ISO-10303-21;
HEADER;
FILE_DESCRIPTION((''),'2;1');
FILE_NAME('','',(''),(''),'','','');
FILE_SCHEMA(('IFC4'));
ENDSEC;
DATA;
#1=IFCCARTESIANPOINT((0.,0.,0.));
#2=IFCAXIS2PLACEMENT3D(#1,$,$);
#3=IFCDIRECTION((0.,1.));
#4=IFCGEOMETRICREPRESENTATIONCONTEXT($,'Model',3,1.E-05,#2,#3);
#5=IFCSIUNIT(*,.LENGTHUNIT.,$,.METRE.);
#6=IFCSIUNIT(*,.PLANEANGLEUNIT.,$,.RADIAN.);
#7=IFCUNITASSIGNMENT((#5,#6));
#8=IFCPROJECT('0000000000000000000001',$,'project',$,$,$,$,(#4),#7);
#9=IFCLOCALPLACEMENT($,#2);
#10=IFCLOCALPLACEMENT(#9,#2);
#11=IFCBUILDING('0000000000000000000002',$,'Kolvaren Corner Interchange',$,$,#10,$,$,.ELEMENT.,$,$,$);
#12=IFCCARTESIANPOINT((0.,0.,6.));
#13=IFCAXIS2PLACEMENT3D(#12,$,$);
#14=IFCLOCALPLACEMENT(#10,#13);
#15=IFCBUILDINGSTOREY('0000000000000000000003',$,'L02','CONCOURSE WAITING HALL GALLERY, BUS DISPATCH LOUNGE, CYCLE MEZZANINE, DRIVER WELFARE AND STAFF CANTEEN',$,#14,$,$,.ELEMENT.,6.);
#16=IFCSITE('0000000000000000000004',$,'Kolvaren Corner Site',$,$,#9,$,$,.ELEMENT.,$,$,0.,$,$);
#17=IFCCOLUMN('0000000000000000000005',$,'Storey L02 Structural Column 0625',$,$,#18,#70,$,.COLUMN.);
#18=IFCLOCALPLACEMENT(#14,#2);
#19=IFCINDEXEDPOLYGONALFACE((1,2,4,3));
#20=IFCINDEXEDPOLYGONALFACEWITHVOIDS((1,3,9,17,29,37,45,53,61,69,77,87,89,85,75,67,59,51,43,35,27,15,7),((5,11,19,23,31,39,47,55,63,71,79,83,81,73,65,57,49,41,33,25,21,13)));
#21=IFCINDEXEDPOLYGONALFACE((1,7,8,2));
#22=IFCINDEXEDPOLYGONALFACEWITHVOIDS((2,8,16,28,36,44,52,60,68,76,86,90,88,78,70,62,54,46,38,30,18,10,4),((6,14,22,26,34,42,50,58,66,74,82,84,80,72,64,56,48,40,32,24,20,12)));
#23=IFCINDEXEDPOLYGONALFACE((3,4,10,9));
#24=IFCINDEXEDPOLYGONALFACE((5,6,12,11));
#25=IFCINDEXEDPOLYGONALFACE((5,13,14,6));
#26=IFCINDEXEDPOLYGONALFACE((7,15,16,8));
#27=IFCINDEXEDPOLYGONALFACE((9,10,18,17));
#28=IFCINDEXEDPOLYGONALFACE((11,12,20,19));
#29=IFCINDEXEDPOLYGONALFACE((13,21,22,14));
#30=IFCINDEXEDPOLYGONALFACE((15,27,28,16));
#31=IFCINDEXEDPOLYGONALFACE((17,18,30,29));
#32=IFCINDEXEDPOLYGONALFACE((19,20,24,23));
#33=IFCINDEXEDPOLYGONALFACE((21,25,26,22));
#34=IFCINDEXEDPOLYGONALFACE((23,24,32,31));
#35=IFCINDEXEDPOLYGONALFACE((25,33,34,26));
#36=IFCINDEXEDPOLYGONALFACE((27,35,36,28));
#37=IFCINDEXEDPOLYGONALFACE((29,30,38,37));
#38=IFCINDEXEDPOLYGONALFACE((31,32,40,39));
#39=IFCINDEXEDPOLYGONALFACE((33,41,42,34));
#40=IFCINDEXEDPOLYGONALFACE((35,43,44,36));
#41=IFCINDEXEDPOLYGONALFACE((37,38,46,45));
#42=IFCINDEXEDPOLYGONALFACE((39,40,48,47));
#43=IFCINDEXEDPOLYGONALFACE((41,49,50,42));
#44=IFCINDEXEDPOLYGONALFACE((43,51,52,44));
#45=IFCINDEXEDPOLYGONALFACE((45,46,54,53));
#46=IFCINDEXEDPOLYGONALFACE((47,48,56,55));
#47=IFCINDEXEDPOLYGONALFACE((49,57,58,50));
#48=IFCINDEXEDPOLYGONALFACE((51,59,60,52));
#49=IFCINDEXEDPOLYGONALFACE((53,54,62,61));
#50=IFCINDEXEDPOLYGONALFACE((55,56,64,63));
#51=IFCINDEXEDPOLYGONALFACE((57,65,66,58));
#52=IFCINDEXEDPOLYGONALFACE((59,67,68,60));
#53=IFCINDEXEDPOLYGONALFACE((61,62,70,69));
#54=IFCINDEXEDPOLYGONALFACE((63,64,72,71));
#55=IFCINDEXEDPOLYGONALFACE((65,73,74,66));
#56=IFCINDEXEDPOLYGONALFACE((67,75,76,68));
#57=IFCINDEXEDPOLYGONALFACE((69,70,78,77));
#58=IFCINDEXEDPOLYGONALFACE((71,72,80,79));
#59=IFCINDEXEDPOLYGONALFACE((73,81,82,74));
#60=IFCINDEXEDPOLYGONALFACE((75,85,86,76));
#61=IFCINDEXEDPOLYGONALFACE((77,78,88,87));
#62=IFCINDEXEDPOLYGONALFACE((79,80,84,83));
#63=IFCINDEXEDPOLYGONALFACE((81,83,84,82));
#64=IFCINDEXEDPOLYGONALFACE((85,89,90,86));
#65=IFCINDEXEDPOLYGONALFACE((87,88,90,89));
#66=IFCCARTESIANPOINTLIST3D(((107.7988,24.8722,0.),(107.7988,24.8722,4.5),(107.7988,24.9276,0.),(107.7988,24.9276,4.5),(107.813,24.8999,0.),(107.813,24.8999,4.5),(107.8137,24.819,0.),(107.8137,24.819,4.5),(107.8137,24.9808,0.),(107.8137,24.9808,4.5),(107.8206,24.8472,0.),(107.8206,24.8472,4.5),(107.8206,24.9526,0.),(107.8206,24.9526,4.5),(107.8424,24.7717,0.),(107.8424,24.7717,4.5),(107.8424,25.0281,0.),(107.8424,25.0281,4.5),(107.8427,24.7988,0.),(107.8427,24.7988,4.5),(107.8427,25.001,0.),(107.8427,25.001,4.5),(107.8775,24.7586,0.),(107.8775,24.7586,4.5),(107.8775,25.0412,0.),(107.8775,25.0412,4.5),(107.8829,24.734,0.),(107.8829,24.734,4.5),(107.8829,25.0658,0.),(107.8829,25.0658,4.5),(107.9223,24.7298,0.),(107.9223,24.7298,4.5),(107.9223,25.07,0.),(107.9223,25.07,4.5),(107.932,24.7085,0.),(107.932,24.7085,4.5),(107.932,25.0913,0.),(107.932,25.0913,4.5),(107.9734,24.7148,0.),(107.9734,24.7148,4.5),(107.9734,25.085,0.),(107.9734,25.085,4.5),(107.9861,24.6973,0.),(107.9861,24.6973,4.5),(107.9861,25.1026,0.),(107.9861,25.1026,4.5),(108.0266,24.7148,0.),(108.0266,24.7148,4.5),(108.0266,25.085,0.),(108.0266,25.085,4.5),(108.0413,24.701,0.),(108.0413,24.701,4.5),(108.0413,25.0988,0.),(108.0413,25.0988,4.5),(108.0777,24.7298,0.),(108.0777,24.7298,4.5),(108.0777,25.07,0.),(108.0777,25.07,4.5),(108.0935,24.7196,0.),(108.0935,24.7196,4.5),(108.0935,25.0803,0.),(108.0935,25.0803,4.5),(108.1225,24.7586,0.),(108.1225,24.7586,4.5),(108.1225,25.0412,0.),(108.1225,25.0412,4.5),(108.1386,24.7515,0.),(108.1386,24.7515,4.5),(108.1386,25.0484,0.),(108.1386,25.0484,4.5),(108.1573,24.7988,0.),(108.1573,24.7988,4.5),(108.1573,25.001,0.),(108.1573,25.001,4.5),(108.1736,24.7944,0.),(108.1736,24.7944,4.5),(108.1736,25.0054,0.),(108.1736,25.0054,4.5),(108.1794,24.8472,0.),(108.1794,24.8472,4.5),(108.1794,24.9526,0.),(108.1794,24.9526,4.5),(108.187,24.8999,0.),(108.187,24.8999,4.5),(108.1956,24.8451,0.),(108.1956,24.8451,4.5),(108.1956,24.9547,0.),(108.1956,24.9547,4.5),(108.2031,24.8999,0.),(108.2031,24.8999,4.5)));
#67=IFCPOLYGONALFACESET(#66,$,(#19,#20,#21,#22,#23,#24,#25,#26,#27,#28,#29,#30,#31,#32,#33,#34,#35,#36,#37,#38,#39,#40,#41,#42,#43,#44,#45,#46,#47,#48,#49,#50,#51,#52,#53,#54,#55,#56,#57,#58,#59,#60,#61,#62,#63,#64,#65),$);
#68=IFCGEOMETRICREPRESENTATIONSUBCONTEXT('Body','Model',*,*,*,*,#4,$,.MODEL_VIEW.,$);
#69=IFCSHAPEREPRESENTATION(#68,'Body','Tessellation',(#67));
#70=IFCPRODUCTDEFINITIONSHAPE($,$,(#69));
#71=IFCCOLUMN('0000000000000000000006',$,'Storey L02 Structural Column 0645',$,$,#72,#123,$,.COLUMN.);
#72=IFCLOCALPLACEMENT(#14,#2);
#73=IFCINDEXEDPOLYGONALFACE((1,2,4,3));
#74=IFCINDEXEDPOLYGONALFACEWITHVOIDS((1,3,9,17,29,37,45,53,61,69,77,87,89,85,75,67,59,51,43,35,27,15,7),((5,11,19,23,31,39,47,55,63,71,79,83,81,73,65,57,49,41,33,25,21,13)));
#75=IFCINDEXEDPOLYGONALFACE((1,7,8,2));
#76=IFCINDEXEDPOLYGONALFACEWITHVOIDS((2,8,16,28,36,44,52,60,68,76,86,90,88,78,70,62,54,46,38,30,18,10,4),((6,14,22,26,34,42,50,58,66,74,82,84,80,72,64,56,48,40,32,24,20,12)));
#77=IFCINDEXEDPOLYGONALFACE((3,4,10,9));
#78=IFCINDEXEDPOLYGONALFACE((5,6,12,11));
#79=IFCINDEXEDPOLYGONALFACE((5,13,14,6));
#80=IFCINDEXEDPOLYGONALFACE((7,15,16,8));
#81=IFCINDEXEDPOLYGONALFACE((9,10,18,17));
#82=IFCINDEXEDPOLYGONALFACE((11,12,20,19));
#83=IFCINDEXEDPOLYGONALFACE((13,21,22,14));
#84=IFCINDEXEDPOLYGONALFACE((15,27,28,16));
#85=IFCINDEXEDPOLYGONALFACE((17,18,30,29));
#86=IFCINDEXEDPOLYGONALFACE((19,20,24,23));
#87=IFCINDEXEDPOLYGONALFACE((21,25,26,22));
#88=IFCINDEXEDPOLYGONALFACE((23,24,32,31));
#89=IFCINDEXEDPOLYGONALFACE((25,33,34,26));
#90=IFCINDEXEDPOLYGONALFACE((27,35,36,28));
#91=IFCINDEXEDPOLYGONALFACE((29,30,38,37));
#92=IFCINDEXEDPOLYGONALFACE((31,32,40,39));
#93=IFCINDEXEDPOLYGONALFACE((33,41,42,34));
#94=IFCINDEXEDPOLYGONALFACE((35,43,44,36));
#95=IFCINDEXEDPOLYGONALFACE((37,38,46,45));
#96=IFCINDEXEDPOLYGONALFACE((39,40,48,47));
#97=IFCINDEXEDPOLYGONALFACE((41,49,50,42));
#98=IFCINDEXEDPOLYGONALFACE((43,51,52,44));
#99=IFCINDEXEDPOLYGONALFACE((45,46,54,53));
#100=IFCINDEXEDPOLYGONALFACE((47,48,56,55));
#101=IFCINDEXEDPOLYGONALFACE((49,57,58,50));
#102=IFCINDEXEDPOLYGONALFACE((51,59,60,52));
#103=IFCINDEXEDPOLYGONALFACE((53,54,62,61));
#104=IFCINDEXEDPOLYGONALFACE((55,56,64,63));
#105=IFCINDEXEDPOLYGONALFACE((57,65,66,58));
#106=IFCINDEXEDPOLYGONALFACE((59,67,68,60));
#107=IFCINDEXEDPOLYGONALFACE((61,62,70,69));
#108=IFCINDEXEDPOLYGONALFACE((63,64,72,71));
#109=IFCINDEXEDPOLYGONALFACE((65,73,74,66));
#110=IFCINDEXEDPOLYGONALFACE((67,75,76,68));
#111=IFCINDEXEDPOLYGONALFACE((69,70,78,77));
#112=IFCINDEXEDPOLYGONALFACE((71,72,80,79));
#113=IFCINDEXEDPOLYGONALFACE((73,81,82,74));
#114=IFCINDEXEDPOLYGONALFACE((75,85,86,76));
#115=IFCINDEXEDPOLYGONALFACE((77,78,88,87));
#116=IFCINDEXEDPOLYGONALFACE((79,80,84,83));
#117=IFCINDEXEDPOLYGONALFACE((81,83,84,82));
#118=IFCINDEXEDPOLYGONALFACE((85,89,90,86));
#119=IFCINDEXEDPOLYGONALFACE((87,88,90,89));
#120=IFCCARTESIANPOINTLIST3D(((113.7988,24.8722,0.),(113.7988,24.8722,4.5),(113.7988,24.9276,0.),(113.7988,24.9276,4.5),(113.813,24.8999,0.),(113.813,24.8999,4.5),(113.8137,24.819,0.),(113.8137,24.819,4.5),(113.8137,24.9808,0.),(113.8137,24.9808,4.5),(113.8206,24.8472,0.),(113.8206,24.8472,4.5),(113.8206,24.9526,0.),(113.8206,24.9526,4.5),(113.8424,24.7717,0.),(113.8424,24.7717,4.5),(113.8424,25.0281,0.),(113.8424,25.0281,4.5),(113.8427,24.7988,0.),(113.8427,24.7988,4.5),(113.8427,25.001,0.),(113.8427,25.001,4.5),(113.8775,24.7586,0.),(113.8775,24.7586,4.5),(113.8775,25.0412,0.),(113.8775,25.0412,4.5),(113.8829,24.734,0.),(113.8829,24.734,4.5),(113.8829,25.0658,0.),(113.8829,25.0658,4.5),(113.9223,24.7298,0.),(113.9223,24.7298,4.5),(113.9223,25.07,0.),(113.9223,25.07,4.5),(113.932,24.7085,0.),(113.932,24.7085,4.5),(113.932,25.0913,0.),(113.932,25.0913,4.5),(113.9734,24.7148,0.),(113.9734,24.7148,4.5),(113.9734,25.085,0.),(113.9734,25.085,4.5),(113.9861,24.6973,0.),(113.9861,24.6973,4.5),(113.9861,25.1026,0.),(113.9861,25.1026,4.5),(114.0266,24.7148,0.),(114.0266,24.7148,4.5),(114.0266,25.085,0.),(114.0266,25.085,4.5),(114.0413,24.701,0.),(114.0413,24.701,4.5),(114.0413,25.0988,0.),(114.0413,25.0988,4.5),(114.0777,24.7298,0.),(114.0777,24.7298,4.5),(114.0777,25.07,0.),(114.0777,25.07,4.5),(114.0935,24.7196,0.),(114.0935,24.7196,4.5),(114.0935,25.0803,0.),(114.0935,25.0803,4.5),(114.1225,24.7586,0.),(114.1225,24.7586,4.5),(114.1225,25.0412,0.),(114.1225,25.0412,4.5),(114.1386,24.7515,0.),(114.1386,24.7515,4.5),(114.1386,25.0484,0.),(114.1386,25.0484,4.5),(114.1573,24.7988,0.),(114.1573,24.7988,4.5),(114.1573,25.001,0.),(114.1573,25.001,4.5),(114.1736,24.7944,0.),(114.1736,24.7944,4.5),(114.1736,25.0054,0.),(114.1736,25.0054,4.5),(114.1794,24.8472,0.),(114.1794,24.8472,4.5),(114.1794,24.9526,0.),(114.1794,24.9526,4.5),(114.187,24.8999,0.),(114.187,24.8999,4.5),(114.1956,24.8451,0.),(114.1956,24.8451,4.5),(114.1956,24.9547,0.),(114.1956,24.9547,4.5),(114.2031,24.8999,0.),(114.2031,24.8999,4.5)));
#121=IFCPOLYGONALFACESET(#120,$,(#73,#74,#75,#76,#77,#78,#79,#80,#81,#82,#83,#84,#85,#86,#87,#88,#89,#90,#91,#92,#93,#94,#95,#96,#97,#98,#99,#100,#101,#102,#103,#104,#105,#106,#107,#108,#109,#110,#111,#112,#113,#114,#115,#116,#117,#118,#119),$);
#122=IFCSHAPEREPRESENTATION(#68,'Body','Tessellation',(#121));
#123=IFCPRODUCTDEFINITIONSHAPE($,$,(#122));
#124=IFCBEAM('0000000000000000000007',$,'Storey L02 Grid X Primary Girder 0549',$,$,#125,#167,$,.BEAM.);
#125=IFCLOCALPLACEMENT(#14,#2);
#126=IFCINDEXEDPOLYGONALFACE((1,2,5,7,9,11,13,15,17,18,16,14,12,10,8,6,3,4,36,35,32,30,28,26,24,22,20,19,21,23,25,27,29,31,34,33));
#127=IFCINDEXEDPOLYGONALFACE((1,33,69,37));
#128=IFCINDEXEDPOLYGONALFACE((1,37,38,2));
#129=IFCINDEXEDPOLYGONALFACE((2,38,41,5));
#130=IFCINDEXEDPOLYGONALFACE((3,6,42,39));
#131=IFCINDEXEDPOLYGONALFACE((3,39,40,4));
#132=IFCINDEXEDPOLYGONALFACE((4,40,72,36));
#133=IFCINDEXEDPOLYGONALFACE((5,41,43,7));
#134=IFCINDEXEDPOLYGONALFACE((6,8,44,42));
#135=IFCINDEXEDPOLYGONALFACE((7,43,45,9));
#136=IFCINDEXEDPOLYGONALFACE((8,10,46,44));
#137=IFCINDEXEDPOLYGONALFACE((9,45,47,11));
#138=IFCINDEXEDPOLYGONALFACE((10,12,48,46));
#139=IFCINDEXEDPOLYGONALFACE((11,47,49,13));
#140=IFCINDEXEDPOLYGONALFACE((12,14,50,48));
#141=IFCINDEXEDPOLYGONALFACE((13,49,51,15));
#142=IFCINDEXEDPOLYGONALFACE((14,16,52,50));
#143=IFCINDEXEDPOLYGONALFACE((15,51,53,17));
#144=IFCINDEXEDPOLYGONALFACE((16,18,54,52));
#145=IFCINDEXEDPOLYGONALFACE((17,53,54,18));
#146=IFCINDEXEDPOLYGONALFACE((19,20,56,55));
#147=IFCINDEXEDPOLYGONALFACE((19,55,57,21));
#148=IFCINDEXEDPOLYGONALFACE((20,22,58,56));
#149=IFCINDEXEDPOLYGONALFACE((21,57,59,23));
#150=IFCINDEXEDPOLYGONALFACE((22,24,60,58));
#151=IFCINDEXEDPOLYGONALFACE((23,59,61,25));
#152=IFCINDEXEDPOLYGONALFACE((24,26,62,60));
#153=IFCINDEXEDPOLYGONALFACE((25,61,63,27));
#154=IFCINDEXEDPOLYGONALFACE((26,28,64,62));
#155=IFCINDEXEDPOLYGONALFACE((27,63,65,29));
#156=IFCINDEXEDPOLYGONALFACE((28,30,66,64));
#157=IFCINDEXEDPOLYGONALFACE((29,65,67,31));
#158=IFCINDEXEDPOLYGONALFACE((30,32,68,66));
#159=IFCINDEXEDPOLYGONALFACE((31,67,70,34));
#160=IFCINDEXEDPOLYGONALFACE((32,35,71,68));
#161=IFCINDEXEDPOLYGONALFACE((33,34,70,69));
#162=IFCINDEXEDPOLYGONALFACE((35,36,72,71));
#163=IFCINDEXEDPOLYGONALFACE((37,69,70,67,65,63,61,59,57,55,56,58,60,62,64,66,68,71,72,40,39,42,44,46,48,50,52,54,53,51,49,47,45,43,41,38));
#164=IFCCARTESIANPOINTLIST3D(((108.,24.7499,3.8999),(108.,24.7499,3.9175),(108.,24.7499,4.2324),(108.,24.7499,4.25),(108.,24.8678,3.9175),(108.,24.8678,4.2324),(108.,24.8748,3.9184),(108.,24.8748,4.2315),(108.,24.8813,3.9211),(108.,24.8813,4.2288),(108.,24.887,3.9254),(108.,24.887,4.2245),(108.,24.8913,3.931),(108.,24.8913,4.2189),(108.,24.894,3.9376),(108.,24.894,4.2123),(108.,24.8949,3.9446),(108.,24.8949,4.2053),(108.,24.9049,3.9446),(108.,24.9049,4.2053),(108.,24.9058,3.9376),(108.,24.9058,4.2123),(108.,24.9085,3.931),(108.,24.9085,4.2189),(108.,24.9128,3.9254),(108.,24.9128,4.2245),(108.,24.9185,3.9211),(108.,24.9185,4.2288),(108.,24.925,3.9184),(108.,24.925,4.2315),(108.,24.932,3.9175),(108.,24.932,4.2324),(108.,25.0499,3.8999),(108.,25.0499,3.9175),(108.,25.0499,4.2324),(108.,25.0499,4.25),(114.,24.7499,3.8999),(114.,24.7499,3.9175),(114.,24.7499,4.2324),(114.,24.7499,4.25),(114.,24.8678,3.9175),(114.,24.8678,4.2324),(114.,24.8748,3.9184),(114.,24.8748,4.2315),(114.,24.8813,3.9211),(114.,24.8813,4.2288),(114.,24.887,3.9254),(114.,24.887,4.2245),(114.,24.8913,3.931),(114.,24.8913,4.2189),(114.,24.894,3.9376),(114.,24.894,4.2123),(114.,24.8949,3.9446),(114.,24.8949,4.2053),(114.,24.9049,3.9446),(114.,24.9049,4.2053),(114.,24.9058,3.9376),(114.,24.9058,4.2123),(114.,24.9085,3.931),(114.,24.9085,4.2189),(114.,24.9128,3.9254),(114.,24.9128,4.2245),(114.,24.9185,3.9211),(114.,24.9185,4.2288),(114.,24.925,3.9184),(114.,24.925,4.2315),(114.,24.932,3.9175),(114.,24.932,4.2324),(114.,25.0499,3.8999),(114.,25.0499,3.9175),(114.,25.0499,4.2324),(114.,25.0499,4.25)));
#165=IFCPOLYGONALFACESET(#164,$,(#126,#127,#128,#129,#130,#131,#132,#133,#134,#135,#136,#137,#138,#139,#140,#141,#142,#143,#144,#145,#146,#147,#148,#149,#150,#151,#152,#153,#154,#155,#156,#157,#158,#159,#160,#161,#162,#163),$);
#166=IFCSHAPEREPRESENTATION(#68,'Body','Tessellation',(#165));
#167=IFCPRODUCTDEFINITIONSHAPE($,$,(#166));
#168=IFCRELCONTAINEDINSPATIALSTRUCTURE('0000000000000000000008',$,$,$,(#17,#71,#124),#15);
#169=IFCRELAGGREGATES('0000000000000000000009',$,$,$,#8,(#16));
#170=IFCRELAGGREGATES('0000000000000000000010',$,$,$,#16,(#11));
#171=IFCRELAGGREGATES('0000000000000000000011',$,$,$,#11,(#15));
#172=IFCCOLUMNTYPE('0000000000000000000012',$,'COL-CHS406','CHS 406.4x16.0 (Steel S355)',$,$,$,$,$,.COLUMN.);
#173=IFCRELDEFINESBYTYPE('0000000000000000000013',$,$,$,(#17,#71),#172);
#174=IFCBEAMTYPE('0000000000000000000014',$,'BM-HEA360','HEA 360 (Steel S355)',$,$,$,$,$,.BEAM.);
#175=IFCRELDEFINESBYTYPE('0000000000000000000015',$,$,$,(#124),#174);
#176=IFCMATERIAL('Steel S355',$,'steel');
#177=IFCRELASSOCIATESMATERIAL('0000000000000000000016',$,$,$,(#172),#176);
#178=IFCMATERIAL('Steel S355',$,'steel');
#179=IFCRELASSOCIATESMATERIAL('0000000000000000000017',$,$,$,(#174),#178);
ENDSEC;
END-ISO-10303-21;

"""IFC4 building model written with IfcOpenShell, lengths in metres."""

from ifc_helpers import new_model, si_unit, direction, frame, origin, origin_2d, place, context, subcontext, project, spatial, hollow_circle, i_section, extrude, material, material_profile, profile_set, type_object, element, save


model = new_model("IFC4")

# Units and contexts
model_context = context("Model", 3, precision=1e-05, world=origin(), true_north=direction((0.0, 1.0)))
body_context = subcontext(model_context, "Body", "Model", "MODEL_VIEW")
ifc_project = project(units=[si_unit("LENGTHUNIT", "METRE"), si_unit("PLANEANGLEUNIT", "RADIAN")], contexts=[model_context])

# Site, building, storey
site_placement = place(None, origin())
site = spatial("IfcSite", under=ifc_project, at=site_placement, Name="Kolvaren Corner Site", CompositionType="ELEMENT", RefElevation=0.0)
building_placement = place(site_placement, origin())
building = spatial("IfcBuilding", under=site, at=building_placement, Name="Kolvaren Corner Interchange", CompositionType="ELEMENT")
storey_placement = place(building_placement, frame((0.0, 0.0, 6.0)))
storey = spatial("IfcBuildingStorey", under=building, at=storey_placement, Name="L02", Description="CONCOURSE WAITING HALL GALLERY, BUS DISPATCH LOUNGE, CYCLE MEZZANINE, DRIVER WELFARE AND STAFF CANTEEN", CompositionType="ELEMENT", Elevation=6.0)

# Columns
ifc_material_1 = material(Name="Steel S355", Category="steel")
ifc_material_profile_1 = material_profile(ifc_material_1, hollow_circle(Radius=0.2031, WallThickness=0.0161, at=origin_2d()), Name="CHS 406.4x16.0")
ifc_profile_set_1 = profile_set([ifc_material_profile_1], Name="Steel S355")
column_type = type_object("IfcColumnType", Name="COL-CHS406", Description="CHS 406.4x16.0 (Steel S355)", PredefinedType="COLUMN", material=ifc_profile_set_1)
for number, where, z_axis, x_axis, name in (
    (1, (108.0, 24.8999, 0.0), (0.0, 0.0, 1.0), (1.0, 0.0, 0.0), "Storey L02 Structural Column 0625"),
    (2, (114.0, 24.8999, 0.0), (0.0, 0.0, 1.0), (1.0, 0.0, 0.0), "Storey L02 Structural Column 0645"),
):
    element("IfcColumn", number, at=place(storey_placement, frame(where, z_axis=z_axis, x_axis=x_axis)), inside=storey, type_object=column_type, Name=name, PredefinedType="COLUMN", context=body_context, shape_type="SweptSolid", body=[
        extrude(hollow_circle(Radius=0.2031, WallThickness=0.0161, at=origin_2d()), origin(), (0.0, 0.0, 1.0), 4.5),
    ])

# Beam
ifc_material_2 = material(Name="Steel S355", Category="steel")
ifc_material_profile_2 = material_profile(ifc_material_2, i_section(OverallWidth=0.3, OverallDepth=0.3501, WebThickness=0.01, FlangeThickness=0.0176, FilletRadius=0.0271, at=origin_2d()), Name="HEA 360")
ifc_profile_set_2 = profile_set([ifc_material_profile_2], Name="Steel S355")
beam_type = type_object("IfcBeamType", Name="BM-HEA360", Description="HEA 360 (Steel S355)", PredefinedType="BEAM", material=ifc_profile_set_2)
for number, where, z_axis, x_axis, name in (
    (3, (108.0, 24.8999, 4.075), (1.0, 0.0, 0.0), (0.0, 1.0, 0.0), "Storey L02 Grid X Primary Girder 0549"),
):
    element("IfcBeam", number, at=place(storey_placement, frame(where, z_axis=z_axis, x_axis=x_axis)), inside=storey, type_object=beam_type, Name=name, PredefinedType="BEAM", context=body_context, shape_type="SweptSolid", body=[
        extrude(i_section(OverallWidth=0.3, OverallDepth=0.3501, WebThickness=0.01, FlangeThickness=0.0176, FilletRadius=0.0271, at=origin_2d()), origin(), (0.0, 0.0, 1.0), 6.0),
    ])

save(model, "model.ifc")
